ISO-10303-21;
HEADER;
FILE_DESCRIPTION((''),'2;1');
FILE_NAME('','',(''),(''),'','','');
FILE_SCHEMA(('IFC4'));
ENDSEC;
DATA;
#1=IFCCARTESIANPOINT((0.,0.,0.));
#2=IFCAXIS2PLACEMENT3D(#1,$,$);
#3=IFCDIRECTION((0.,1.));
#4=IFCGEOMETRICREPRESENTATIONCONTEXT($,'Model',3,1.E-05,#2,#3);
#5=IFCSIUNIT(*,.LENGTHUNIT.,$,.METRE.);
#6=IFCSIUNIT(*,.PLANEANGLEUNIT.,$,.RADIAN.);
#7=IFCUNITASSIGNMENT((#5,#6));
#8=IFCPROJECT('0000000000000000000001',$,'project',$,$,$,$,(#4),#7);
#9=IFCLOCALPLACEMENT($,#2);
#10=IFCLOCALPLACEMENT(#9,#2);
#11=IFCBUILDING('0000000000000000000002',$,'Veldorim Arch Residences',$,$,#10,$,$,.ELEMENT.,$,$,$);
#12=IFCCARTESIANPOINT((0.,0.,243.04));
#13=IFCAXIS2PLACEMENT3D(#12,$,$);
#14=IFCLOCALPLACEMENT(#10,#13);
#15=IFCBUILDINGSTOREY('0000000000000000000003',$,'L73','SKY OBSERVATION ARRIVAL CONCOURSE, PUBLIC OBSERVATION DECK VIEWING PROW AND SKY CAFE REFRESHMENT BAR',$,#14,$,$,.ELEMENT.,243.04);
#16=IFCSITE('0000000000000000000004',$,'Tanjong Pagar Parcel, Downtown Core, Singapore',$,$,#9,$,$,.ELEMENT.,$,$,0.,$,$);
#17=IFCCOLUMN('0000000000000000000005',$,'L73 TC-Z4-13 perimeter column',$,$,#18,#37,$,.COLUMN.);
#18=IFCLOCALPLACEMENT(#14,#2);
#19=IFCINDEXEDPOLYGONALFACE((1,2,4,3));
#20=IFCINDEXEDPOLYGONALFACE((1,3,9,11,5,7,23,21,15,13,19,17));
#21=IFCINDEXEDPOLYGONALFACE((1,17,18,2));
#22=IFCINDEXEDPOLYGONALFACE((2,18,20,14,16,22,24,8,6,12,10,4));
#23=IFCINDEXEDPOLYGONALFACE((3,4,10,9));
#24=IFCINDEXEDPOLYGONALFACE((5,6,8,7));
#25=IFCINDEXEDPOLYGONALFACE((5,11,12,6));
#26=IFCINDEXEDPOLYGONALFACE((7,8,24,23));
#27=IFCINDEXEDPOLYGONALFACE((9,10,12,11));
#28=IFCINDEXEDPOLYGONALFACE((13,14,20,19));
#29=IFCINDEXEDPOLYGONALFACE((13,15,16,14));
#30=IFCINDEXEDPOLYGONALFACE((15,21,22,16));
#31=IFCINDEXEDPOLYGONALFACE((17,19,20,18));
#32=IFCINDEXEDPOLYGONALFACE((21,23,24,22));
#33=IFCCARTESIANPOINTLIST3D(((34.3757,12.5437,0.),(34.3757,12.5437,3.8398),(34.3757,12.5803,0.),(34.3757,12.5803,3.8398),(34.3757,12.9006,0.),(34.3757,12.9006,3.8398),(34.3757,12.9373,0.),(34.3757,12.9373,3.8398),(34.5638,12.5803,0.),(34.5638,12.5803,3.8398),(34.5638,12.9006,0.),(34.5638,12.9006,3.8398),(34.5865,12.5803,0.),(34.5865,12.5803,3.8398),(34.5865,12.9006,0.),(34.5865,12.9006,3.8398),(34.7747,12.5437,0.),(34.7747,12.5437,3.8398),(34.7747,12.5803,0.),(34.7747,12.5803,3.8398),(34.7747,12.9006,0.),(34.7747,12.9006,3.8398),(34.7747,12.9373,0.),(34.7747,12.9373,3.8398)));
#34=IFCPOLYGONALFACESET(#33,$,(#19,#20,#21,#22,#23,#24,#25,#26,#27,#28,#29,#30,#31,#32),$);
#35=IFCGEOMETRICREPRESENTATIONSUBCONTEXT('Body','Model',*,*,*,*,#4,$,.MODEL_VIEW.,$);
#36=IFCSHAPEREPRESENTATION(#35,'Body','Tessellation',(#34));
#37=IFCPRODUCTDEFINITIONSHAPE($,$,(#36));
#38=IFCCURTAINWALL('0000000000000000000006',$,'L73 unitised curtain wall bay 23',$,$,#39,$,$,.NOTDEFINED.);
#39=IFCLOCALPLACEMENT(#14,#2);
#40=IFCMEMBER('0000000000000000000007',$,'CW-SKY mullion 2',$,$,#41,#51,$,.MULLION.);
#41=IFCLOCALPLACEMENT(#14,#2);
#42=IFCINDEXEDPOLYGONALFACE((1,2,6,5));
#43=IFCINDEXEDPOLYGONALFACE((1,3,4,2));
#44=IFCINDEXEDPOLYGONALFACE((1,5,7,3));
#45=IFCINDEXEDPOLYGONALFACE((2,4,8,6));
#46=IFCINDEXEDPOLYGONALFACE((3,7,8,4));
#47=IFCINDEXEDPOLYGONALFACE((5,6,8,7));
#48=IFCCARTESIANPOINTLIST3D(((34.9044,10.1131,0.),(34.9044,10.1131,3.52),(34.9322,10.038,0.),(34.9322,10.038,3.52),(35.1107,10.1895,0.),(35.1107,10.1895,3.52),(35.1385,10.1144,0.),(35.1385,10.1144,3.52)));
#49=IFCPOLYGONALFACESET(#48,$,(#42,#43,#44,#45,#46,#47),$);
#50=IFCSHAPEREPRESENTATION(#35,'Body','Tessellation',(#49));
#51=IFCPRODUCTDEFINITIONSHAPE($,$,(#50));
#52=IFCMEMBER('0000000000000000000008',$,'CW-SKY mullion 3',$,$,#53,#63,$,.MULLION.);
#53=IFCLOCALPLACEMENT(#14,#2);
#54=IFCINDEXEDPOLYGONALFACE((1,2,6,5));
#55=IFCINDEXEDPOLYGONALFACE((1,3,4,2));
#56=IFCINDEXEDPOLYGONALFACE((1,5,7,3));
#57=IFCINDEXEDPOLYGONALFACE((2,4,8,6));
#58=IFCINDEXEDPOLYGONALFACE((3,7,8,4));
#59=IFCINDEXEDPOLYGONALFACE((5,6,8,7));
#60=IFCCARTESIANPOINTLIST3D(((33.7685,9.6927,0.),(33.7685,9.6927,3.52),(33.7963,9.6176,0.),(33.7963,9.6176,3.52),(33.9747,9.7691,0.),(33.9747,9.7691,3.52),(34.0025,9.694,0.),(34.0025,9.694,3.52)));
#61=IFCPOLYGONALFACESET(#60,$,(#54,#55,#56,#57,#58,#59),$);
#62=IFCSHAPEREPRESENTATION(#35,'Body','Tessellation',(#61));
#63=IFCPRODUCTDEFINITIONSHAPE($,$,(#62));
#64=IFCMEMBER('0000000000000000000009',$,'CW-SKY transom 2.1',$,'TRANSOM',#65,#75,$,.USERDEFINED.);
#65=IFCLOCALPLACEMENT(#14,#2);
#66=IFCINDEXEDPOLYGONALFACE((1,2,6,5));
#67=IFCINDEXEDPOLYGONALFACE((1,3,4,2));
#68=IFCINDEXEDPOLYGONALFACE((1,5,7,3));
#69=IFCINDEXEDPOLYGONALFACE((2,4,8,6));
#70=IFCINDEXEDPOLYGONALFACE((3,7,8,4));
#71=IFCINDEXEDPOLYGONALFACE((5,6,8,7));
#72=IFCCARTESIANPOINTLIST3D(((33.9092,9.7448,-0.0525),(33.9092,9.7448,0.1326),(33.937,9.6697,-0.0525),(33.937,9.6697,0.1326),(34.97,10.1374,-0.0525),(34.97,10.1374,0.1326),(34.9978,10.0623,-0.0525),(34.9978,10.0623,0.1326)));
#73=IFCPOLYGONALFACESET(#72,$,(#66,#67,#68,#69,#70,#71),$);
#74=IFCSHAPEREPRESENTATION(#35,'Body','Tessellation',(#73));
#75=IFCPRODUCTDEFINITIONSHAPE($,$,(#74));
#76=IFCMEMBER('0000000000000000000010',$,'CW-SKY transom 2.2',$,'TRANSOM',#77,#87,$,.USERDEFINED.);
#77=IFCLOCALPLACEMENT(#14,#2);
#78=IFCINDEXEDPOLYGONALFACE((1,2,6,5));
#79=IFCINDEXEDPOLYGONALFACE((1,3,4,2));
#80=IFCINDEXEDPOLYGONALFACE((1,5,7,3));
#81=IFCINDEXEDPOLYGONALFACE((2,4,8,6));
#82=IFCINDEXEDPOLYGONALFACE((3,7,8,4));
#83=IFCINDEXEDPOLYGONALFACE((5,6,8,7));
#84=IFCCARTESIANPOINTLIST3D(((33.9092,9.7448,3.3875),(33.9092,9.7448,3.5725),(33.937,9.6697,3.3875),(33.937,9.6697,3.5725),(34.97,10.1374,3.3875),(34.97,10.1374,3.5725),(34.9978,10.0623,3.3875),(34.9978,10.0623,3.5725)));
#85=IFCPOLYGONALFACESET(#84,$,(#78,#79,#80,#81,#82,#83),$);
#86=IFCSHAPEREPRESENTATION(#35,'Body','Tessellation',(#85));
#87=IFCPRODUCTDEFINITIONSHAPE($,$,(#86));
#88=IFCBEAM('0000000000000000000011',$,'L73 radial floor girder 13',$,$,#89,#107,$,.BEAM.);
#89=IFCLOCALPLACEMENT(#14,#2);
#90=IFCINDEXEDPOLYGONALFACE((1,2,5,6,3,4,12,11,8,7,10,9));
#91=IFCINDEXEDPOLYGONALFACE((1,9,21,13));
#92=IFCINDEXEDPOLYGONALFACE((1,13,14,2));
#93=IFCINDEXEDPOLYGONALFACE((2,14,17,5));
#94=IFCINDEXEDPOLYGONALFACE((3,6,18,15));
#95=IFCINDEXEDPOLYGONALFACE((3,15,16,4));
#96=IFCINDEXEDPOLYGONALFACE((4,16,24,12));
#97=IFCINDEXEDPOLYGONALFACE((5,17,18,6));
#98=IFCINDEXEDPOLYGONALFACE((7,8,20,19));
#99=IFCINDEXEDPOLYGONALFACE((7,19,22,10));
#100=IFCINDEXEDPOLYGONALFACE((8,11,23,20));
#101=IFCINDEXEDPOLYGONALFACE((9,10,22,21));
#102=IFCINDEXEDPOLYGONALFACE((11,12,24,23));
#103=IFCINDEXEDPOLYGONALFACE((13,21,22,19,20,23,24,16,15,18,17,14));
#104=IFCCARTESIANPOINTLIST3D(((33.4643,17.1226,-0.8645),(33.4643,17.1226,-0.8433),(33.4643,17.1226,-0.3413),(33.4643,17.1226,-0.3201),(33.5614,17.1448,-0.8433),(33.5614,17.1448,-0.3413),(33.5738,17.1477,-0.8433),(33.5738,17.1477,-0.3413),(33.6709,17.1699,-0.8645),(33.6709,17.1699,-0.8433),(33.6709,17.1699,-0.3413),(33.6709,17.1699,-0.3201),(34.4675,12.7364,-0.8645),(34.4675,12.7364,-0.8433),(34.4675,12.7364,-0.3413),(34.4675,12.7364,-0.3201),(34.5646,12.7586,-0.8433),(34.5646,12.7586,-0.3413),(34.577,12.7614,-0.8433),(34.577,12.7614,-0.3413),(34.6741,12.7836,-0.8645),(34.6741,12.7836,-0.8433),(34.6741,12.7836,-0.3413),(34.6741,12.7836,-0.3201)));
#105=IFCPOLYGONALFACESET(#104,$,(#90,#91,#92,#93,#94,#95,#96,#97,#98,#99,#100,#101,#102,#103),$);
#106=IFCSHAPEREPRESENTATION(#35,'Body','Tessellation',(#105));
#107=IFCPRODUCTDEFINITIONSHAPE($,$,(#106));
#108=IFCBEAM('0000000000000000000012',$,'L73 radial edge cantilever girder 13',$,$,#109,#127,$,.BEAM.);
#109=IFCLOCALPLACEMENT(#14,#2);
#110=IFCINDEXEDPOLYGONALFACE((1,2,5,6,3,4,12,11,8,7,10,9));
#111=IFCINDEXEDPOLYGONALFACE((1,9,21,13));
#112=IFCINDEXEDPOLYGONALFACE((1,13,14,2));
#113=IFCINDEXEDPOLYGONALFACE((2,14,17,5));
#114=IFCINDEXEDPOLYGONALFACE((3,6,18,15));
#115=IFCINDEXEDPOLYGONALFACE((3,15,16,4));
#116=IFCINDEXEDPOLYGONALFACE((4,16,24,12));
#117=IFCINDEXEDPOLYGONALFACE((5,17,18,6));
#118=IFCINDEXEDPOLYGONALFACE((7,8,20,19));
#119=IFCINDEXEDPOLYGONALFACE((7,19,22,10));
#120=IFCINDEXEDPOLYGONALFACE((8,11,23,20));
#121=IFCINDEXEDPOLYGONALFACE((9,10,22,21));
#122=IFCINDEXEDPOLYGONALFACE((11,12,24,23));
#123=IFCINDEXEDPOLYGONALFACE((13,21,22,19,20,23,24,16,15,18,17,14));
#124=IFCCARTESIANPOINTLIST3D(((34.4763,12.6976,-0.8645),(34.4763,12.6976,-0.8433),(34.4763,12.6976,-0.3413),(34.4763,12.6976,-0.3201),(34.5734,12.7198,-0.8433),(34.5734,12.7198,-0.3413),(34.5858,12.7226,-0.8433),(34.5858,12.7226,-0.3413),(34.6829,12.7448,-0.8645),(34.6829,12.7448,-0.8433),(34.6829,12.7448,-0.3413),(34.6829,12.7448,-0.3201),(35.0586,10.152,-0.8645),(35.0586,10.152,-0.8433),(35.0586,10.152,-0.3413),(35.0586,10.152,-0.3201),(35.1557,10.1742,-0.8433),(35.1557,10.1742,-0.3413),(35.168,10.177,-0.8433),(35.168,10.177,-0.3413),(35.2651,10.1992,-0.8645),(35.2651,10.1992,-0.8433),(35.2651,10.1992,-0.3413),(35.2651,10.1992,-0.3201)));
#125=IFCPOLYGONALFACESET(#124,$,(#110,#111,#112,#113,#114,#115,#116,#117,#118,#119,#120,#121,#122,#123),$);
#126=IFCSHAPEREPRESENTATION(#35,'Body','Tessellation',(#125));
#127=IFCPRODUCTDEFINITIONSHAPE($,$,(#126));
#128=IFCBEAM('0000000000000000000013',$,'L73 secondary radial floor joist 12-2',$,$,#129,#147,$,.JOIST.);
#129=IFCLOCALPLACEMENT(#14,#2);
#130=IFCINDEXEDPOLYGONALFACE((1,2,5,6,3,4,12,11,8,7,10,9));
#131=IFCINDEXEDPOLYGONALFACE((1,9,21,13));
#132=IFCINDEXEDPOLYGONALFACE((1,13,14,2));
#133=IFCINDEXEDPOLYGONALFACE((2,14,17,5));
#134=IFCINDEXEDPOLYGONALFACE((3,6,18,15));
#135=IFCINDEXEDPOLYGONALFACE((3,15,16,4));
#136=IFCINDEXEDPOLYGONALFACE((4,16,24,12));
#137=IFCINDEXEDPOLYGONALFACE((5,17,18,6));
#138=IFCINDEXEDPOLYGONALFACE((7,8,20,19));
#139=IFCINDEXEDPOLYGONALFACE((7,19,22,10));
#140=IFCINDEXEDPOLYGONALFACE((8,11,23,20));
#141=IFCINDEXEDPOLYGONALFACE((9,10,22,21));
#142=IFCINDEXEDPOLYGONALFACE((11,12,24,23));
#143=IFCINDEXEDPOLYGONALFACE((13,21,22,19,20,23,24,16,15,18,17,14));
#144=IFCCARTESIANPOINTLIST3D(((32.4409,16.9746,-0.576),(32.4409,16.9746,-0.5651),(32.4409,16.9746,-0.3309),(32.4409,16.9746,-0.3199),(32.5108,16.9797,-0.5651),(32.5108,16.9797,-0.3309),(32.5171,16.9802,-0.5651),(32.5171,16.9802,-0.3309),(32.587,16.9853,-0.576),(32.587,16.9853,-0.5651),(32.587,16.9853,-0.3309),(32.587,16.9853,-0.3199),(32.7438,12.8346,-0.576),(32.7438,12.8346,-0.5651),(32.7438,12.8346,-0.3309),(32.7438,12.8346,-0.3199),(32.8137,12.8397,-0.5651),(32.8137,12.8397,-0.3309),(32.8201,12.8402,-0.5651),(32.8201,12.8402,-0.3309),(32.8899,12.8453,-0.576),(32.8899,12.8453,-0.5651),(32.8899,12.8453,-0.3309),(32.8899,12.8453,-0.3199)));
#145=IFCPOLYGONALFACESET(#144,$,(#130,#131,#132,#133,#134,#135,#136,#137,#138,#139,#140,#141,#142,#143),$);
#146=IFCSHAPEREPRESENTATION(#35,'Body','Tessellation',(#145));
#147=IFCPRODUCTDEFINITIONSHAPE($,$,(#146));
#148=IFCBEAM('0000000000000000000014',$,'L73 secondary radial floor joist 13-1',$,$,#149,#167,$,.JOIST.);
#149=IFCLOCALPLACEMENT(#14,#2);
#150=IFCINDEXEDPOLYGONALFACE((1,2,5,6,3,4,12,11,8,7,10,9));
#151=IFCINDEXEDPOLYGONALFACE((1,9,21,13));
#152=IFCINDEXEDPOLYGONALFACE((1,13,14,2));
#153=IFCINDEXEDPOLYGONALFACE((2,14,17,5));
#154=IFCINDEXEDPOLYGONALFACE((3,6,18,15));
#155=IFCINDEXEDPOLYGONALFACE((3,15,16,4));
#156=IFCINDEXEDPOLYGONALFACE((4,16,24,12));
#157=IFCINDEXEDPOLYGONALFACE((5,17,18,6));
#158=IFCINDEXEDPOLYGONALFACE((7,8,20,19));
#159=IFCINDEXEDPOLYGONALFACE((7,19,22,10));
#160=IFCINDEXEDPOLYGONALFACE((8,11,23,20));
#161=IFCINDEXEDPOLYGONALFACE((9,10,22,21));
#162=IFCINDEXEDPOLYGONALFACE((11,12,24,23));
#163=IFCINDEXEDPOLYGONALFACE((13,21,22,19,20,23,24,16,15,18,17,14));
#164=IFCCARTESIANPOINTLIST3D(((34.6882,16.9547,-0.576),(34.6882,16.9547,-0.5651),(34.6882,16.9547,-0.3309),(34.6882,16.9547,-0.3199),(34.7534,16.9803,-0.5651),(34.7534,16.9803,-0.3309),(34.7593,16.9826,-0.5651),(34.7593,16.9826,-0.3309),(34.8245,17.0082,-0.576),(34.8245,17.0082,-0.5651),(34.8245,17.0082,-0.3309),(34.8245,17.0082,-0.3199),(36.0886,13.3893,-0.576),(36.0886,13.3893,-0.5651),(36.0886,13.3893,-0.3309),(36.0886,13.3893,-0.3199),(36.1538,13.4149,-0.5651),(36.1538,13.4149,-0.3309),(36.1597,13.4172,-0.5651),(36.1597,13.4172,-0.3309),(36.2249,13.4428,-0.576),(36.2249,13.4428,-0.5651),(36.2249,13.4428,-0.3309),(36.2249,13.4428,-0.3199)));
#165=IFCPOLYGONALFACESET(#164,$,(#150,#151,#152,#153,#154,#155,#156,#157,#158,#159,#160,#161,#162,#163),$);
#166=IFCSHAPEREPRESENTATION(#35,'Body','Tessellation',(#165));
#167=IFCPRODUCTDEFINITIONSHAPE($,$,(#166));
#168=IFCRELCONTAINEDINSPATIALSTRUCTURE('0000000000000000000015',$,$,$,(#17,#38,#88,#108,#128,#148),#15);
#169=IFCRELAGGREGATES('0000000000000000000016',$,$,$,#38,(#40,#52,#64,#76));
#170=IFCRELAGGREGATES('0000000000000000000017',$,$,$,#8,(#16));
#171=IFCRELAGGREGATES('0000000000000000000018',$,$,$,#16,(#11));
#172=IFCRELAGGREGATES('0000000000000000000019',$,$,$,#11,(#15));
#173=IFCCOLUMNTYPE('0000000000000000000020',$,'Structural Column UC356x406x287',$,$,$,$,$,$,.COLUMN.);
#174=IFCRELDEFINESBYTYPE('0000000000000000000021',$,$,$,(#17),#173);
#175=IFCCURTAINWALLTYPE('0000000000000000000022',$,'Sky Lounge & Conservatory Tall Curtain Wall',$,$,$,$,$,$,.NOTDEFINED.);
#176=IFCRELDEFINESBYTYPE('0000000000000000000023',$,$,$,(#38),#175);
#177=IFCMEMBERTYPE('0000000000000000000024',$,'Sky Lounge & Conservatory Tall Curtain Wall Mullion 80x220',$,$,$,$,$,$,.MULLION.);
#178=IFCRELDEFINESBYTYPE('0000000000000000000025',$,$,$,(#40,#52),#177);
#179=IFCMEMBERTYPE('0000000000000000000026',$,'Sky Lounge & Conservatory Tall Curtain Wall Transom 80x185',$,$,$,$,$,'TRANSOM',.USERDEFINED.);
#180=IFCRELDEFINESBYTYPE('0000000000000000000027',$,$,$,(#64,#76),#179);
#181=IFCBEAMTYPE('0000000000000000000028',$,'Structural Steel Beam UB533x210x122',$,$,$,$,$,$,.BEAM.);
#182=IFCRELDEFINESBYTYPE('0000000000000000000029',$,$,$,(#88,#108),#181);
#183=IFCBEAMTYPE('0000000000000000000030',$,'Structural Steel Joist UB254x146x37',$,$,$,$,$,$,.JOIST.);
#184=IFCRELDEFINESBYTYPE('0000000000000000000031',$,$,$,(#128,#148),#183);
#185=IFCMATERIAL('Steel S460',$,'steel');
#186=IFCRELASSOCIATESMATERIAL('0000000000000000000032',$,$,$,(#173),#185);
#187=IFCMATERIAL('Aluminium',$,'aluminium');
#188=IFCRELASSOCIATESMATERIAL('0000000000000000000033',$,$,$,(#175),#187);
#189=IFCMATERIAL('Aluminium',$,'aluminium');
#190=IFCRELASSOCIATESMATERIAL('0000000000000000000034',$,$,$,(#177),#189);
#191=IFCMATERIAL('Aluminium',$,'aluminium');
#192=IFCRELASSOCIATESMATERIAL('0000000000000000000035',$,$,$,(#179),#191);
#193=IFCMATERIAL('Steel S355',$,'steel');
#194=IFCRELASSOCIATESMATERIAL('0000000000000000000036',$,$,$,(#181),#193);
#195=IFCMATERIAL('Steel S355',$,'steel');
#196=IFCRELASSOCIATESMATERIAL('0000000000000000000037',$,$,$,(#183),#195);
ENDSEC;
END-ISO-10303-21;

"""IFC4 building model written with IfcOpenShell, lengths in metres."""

from ifc_helpers import new_model, si_unit, direction, frame, origin, origin_2d, place, context, subcontext, project, spatial, rectangle, i_section, extrude, material, material_profile, profile_set, type_object, element, aggregate, save


model = new_model("IFC4")

# Units and contexts
model_context = context("Model", 3, precision=1e-05, world=origin(), true_north=direction((0.0, 1.0)))
body_context = subcontext(model_context, "Body", "Model", "MODEL_VIEW")
ifc_project = project(units=[si_unit("LENGTHUNIT", "METRE"), si_unit("PLANEANGLEUNIT", "RADIAN")], contexts=[model_context])

# Site, building, storey
site_placement = place(None, origin())
site = spatial("IfcSite", under=ifc_project, at=site_placement, Name="Tanjong Pagar Parcel, Downtown Core, Singapore", CompositionType="ELEMENT", RefElevation=0.0)
building_placement = place(site_placement, origin())
building = spatial("IfcBuilding", under=site, at=building_placement, Name="Veldorim Arch Residences", CompositionType="ELEMENT")
storey_placement = place(building_placement, frame((0.0, 0.0, 243.04)))
storey = spatial("IfcBuildingStorey", under=building, at=storey_placement, Name="L73", Description="SKY OBSERVATION ARRIVAL CONCOURSE, PUBLIC OBSERVATION DECK VIEWING PROW AND SKY CAFE REFRESHMENT BAR", CompositionType="ELEMENT", Elevation=243.04)

# Column
ifc_material_1 = material(Name="Steel S460", Category="steel")
ifc_material_profile_1 = material_profile(ifc_material_1, i_section(OverallWidth=0.3989, OverallDepth=0.3936, WebThickness=0.0227, FlangeThickness=0.0366, at=origin_2d()), Name="UC356x406x287")
ifc_profile_set_1 = profile_set([ifc_material_profile_1], Name="Steel S460")
column_type = type_object("IfcColumnType", Name="Structural Column UC356x406x287", PredefinedType="COLUMN", material=ifc_profile_set_1)
column_placement = place(storey_placement, frame((34.5752, 12.7405, 0.0), z_axis=(0.0, 0.0, 1.0), x_axis=(1.0, 0.0, 0.0)))
element("IfcColumn", 1, at=column_placement, inside=storey, type_object=column_type, Name="L73 TC-Z4-13 perimeter column", PredefinedType="COLUMN", context=body_context, shape_type="SweptSolid", body=[
    extrude(i_section(OverallWidth=0.3989, OverallDepth=0.3936, WebThickness=0.0227, FlangeThickness=0.0366, at=origin_2d()), origin(), (0.0, 0.0, 1.0), 3.8398),
])

# Curtain wall, members
ifc_material_2 = material(Name="Aluminium", Category="aluminium")
curtain_wall_type = type_object("IfcCurtainWallType", Name="Sky Lounge & Conservatory Tall Curtain Wall", PredefinedType="NOTDEFINED", material=ifc_material_2)
curtain_wall_placement = place(storey_placement, origin())
curtain_wall = element("IfcCurtainWall", 2, at=curtain_wall_placement, inside=storey, type_object=curtain_wall_type, Name="L73 unitised curtain wall bay 23", PredefinedType="NOTDEFINED")
ifc_material_3 = material(Name="Aluminium", Category="aluminium")
ifc_material_profile_2 = material_profile(ifc_material_3, rectangle(XDim=0.0801, YDim=0.22, at=origin_2d()), Name="ALU_MUL_80x220")
ifc_profile_set_2 = profile_set([ifc_material_profile_2], Name="Aluminium")
member_type_1 = type_object("IfcMemberType", Name="Sky Lounge & Conservatory Tall Curtain Wall Mullion 80x220", PredefinedType="MULLION", material=ifc_profile_set_2)
member_1_placement = place(storey_placement, frame((35.0215, 10.1138, 0.0), z_axis=(0.0, 0.0, 1.0), x_axis=(0.34717, -0.937802, 0.0)))
member_1 = element("IfcMember", 3, at=member_1_placement, type_object=member_type_1, Name="CW-SKY mullion 2", PredefinedType="MULLION", context=body_context, shape_type="SweptSolid", body=[
    extrude(rectangle(XDim=0.0801, YDim=0.22, at=origin_2d()), origin(), (0.0, 0.0, 1.0), 3.52),
])
member_2_placement = place(storey_placement, frame((33.8855, 9.6934, 0.0), z_axis=(0.0, 0.0, 1.0), x_axis=(0.34717, -0.937802, 0.0)))
member_2 = element("IfcMember", 4, at=member_2_placement, type_object=member_type_1, Name="CW-SKY mullion 3", PredefinedType="MULLION", context=body_context, shape_type="SweptSolid", body=[
    extrude(rectangle(XDim=0.0801, YDim=0.22, at=origin_2d()), origin(), (0.0, 0.0, 1.0), 3.52),
])
ifc_material_4 = material(Name="Aluminium", Category="aluminium")
ifc_material_profile_3 = material_profile(ifc_material_4, rectangle(XDim=0.0801, YDim=0.1851, at=origin_2d()), Name="ALU_TRN_80x185")
ifc_profile_set_3 = profile_set([ifc_material_profile_3], Name="Aluminium")
member_type_2 = type_object("IfcMemberType", Name="Sky Lounge & Conservatory Tall Curtain Wall Transom 80x185", ElementType="TRANSOM", PredefinedType="USERDEFINED", material=ifc_profile_set_3)
member_3_placement = place(storey_placement, frame((34.9839, 10.0999, 0.04), z_axis=(-0.937837, -0.347075, 0.0), x_axis=(0.347075, -0.937837, 0.0)))
member_3 = element("IfcMember", 5, at=member_3_placement, type_object=member_type_2, Name="CW-SKY transom 2.1", ObjectType="TRANSOM", PredefinedType="USERDEFINED", context=body_context, shape_type="SweptSolid", body=[
    extrude(rectangle(XDim=0.0801, YDim=0.1851, at=origin_2d()), origin(), (0.0, 0.0, 1.0), 1.1311),
])
member_4_placement = place(storey_placement, frame((34.9839, 10.0999, 3.48), z_axis=(-0.937837, -0.347075, 0.0), x_axis=(0.347075, -0.937837, 0.0)))
member_4 = element("IfcMember", 6, at=member_4_placement, type_object=member_type_2, Name="CW-SKY transom 2.2", ObjectType="TRANSOM", PredefinedType="USERDEFINED", context=body_context, shape_type="SweptSolid", body=[
    extrude(rectangle(XDim=0.0801, YDim=0.1851, at=origin_2d()), origin(), (0.0, 0.0, 1.0), 1.1311),
])

# Beams
ifc_material_5 = material(Name="Steel S355", Category="steel")
ifc_material_profile_4 = material_profile(ifc_material_5, i_section(OverallWidth=0.2119, OverallDepth=0.5444, WebThickness=0.0127, FlangeThickness=0.0212, at=origin_2d()), Name="UB533x210x122")
ifc_profile_set_4 = profile_set([ifc_material_profile_4], Name="Steel S355")
beam_type_1 = type_object("IfcBeamType", Name="Structural Steel Beam UB533x210x122", PredefinedType="BEAM", material=ifc_profile_set_4)
beam_1_placement = place(storey_placement, frame((33.5676, 17.1462, -0.5923), z_axis=(0.222953, -0.974829, 0.0), x_axis=(0.974829, 0.222953, 0.0)))
element("IfcBeam", 7, at=beam_1_placement, inside=storey, type_object=beam_type_1, Name="L73 radial floor girder 13", PredefinedType="BEAM", context=body_context, shape_type="SweptSolid", body=[
    extrude(i_section(OverallWidth=0.2119, OverallDepth=0.5444, WebThickness=0.0127, FlangeThickness=0.0212, at=origin_2d()), origin(), (0.0, 0.0, 1.0), 4.4995),
])
beam_2_placement = place(storey_placement, frame((34.5796, 12.7212, -0.5923), z_axis=(0.222975, -0.974824, 0.0), x_axis=(0.974824, 0.222975, 0.0)))
element("IfcBeam", 8, at=beam_2_placement, inside=storey, type_object=beam_type_1, Name="L73 radial edge cantilever girder 13", PredefinedType="BEAM", context=body_context, shape_type="SweptSolid", body=[
    extrude(i_section(OverallWidth=0.2119, OverallDepth=0.5444, WebThickness=0.0127, FlangeThickness=0.0212, at=origin_2d()), origin(), (0.0, 0.0, 1.0), 2.6113),
])
ifc_material_6 = material(Name="Steel S355", Category="steel")
ifc_material_profile_5 = material_profile(ifc_material_6, i_section(OverallWidth=0.1465, OverallDepth=0.2561, WebThickness=0.0063, FlangeThickness=0.011, at=origin_2d()), Name="UB254x146x37")
ifc_profile_set_5 = profile_set([ifc_material_profile_5], Name="Steel S355")
beam_type_2 = type_object("IfcBeamType", Name="Structural Steel Joist UB254x146x37", PredefinedType="JOIST", material=ifc_profile_set_5)
beam_3_placement = place(storey_placement, frame((32.5139, 16.98, -0.448), z_axis=(0.072986, -0.997333, 0.0), x_axis=(0.997333, 0.072986, 0.0)))
element("IfcBeam", 9, at=beam_3_placement, inside=storey, type_object=beam_type_2, Name="L73 secondary radial floor joist 12-2", PredefinedType="JOIST", context=body_context, shape_type="SweptSolid", body=[
    extrude(i_section(OverallWidth=0.1465, OverallDepth=0.2561, WebThickness=0.0063, FlangeThickness=0.011, at=origin_2d()), origin(), (0.0, 0.0, 1.0), 4.1511),
])
beam_4_placement = place(storey_placement, frame((34.7563, 16.9814, -0.448), z_axis=(0.365581, -0.930779, 0.0), x_axis=(0.930779, 0.365581, 0.0)))
element("IfcBeam", 10, at=beam_4_placement, inside=storey, type_object=beam_type_2, Name="L73 secondary radial floor joist 13-1", PredefinedType="JOIST", context=body_context, shape_type="SweptSolid", body=[
    extrude(i_section(OverallWidth=0.1465, OverallDepth=0.2561, WebThickness=0.0063, FlangeThickness=0.011, at=origin_2d()), origin(), (0.0, 0.0, 1.0), 3.8306),
])

aggregate(curtain_wall, [member_1, member_2, member_3, member_4])

save(model, "model.ifc")
